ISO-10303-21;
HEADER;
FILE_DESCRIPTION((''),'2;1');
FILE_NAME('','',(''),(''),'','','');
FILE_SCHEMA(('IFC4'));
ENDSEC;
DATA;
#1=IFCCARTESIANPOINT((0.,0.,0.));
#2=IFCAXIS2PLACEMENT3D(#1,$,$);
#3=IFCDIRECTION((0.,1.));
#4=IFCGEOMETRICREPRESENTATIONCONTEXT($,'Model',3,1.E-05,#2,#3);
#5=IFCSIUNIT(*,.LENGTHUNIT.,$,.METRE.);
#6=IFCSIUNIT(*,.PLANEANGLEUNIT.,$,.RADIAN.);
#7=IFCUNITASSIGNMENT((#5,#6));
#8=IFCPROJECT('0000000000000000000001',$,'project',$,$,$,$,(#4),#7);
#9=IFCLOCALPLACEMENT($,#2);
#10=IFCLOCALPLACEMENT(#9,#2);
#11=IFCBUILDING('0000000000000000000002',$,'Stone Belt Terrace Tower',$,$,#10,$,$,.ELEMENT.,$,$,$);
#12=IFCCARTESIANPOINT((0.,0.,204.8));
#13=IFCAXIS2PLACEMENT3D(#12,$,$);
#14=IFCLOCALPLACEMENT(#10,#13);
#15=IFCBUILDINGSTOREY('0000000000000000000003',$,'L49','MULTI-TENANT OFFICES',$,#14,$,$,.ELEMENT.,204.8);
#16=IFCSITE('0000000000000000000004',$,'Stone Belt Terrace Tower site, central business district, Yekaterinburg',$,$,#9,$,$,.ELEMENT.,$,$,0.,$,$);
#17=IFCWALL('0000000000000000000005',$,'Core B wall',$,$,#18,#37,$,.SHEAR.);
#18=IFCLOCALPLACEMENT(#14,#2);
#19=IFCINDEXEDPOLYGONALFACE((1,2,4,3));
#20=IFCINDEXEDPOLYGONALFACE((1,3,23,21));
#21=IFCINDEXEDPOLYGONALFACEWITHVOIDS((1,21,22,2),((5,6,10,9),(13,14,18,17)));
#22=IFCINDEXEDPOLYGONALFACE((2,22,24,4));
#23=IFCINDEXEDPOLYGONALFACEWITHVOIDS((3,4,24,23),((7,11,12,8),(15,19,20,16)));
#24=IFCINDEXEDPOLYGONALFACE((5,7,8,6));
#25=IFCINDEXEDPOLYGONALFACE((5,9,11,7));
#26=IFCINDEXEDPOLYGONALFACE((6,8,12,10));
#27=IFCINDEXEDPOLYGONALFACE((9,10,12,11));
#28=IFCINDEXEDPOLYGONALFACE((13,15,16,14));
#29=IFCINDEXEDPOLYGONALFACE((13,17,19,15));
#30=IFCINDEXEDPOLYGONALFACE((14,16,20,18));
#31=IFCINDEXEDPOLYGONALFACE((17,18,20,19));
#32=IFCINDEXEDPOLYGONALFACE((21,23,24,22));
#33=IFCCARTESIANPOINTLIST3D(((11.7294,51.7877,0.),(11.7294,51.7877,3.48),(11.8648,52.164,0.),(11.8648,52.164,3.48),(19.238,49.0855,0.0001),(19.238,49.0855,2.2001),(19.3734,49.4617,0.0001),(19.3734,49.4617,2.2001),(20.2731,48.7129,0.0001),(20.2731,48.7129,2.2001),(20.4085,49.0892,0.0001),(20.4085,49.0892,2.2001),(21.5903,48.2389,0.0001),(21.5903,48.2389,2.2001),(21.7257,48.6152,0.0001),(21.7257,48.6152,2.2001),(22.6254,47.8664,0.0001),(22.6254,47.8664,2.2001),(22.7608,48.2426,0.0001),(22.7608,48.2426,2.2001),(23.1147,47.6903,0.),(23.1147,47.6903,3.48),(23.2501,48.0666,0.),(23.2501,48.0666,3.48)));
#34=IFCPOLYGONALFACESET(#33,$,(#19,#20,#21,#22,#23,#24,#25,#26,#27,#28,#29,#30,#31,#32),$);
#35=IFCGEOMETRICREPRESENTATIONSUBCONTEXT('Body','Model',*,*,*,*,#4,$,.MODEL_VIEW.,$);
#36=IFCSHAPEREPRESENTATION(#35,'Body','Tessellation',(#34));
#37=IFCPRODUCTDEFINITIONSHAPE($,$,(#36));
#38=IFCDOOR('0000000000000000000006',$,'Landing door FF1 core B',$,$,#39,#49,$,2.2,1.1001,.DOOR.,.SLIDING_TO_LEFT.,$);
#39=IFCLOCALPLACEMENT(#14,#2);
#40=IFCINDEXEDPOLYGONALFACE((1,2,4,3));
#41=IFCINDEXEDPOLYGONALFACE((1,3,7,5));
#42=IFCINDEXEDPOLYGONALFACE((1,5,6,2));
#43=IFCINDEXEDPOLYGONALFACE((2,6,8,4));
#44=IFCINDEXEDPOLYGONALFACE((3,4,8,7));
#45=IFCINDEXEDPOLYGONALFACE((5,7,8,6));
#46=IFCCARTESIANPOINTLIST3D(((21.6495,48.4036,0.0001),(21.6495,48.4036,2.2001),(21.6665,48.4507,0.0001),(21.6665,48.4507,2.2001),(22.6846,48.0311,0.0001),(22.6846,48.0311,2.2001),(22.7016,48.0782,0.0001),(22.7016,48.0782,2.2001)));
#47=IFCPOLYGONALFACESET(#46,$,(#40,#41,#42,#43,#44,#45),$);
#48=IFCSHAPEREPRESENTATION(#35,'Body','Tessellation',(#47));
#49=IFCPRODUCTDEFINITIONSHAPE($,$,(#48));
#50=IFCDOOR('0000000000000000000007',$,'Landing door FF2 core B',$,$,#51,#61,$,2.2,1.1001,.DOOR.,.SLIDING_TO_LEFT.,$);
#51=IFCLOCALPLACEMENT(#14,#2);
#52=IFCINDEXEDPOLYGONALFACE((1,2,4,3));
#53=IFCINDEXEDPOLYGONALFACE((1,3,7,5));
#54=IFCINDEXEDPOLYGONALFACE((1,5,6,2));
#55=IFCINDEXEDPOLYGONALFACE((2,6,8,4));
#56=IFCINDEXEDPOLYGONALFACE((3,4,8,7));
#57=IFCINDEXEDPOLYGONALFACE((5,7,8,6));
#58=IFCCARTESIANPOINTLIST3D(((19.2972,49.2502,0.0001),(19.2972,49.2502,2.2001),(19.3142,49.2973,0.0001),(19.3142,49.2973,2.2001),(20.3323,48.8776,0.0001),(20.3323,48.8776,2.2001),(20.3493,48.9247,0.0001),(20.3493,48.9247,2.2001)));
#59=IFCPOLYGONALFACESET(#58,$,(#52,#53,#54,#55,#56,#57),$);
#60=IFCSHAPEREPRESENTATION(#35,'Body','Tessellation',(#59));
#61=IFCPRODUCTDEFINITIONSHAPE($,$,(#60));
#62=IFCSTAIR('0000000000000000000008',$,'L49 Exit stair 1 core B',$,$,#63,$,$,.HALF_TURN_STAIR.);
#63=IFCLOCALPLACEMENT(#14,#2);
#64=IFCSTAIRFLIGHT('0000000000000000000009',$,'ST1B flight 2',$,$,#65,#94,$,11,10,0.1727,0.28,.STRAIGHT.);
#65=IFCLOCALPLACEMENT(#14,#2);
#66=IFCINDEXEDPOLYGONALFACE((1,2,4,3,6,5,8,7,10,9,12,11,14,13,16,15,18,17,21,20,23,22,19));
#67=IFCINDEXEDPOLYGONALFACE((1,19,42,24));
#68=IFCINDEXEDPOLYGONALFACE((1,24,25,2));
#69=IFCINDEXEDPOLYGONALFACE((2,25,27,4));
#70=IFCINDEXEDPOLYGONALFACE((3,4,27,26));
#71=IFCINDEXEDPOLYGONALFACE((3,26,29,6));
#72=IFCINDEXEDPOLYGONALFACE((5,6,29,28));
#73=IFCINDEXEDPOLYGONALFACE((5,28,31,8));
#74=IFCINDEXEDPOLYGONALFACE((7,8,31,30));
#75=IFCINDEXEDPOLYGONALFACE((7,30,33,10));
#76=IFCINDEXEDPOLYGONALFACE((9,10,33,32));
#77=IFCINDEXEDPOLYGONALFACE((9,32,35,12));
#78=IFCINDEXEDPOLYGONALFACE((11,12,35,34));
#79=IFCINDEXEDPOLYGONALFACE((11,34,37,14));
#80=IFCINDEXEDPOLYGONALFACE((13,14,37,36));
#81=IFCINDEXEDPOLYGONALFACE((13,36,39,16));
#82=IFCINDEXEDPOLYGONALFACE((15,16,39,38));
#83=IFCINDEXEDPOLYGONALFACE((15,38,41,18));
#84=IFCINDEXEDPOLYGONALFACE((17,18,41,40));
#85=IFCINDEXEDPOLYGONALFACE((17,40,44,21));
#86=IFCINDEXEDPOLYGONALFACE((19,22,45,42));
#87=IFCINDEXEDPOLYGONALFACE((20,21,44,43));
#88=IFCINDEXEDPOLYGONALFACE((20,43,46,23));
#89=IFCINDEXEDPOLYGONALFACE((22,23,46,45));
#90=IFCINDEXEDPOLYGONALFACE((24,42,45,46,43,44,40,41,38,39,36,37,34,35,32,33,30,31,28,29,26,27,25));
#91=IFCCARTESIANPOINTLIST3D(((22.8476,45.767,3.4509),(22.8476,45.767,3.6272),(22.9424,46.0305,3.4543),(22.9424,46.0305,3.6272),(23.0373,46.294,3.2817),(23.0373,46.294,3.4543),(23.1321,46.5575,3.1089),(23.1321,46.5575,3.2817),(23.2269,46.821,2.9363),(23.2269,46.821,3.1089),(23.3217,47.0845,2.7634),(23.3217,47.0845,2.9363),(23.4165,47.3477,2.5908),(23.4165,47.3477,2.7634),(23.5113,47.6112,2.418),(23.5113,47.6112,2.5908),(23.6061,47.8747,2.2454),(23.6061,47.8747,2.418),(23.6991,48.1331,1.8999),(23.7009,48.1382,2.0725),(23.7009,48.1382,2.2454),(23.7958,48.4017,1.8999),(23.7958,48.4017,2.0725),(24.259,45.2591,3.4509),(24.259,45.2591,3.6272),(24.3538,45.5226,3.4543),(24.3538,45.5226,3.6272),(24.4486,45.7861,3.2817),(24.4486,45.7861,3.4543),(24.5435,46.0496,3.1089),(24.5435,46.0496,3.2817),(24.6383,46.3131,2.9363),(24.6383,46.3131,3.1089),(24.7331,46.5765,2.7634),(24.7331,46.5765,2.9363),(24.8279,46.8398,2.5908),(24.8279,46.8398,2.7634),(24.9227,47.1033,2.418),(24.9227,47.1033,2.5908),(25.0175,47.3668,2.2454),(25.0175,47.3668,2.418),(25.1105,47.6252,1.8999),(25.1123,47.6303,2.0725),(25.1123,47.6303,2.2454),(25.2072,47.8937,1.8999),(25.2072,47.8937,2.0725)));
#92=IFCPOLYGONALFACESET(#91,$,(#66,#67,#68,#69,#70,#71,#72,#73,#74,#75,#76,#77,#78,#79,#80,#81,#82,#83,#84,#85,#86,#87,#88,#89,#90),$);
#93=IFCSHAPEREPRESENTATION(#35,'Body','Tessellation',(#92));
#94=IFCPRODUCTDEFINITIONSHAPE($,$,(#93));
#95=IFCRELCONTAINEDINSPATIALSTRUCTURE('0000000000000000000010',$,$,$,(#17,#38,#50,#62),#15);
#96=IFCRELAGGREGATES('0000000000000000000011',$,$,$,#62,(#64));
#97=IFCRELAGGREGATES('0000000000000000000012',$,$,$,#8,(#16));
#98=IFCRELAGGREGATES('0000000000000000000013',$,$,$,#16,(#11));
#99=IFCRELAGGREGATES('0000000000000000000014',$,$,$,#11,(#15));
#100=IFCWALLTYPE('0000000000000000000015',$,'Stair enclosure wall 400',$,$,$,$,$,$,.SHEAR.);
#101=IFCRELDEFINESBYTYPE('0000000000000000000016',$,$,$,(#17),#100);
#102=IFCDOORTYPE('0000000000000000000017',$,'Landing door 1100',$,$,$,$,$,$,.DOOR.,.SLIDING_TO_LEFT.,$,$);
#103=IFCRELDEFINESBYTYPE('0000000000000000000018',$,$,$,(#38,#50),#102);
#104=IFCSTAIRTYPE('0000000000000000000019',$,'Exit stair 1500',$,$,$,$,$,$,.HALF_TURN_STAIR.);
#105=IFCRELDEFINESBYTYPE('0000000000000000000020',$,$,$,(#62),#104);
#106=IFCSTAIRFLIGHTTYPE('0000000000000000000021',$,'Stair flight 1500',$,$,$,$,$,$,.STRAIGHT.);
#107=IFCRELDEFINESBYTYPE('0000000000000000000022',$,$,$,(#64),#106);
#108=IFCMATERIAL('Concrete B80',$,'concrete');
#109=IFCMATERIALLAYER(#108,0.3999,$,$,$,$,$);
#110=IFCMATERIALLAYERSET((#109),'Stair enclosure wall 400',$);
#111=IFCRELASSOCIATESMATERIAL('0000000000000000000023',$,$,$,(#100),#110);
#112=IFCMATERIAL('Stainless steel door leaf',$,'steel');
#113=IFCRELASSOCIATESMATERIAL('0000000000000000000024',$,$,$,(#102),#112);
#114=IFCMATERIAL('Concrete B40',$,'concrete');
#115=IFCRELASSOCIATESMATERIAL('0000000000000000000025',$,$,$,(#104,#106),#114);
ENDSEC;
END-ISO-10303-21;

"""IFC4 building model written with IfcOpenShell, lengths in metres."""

from ifc_helpers import new_model, si_unit, direction, frame, frame_2d, origin, place, context, subcontext, project, spatial, polyline, rectangle, outline, extrude, material, layer, layer_set, type_object, element, fill, aggregate, save


model = new_model("IFC4")

# Units and contexts
model_context = context("Model", 3, precision=1e-05, world=origin(), true_north=direction((0.0, 1.0)))
body_context = subcontext(model_context, "Body", "Model", "MODEL_VIEW")
ifc_project = project(units=[si_unit("LENGTHUNIT", "METRE"), si_unit("PLANEANGLEUNIT", "RADIAN")], contexts=[model_context])

# Site, building, storey
site_placement = place(None, origin())
site = spatial("IfcSite", under=ifc_project, at=site_placement, Name="Stone Belt Terrace Tower site, central business district, Yekaterinburg", CompositionType="ELEMENT", RefElevation=0.0)
building_placement = place(site_placement, origin())
building = spatial("IfcBuilding", under=site, at=building_placement, Name="Stone Belt Terrace Tower", CompositionType="ELEMENT")
storey_placement = place(building_placement, frame((0.0, 0.0, 204.8)))
storey = spatial("IfcBuildingStorey", under=building, at=storey_placement, Name="L49", Description="MULTI-TENANT OFFICES", CompositionType="ELEMENT", Elevation=204.8)

# Shared definitions
ifc_material_1 = material(Name="Concrete B80", Category="concrete")

# Shared definitions
ifc_material_2 = material(Name="Stainless steel door leaf", Category="steel")

# Shared definitions
ifc_layer_1 = layer(ifc_material_1, 0.3999)
ifc_layer_set_1 = layer_set([ifc_layer_1], Name="Stair enclosure wall 400")
wall_type_1 = type_object("IfcWallType", Name="Stair enclosure wall 400", PredefinedType="SHEAR", material=ifc_layer_set_1)

# Wall, openings, doors
wall_1_placement = place(storey_placement, frame((23.1824, 47.8784, 0.0), z_axis=(0.0, 0.0, 1.0), x_axis=(-0.940921, 0.338626, 0.0)))
wall_1 = element("IfcWall", 1, at=wall_1_placement, inside=storey, type_object=wall_type_1, Name="Core B wall", PredefinedType="SHEAR", context=body_context, shape_type="SweptSolid", body=[
    extrude(rectangle(XDim=12.1001, YDim=0.3999, at=frame_2d((6.05, 0.0))), origin(), (0.0, 0.0, 1.0), 3.48),
])
opening_1_placement = place(wall_1_placement, frame((0.52, 0.0, 0.0)))
opening_1 = element("IfcOpeningElement", 2, at=opening_1_placement, cuts=wall_1, PredefinedType="OPENING", context=body_context, shape_type="SweptSolid", body=[
    extrude(rectangle(XDim=1.1001, YDim=2.2, at=frame_2d((0.55, 1.1001))), frame((0.0, 0.21, 0.0), z_axis=(0.0, -1.0, 0.0), x_axis=(1.0, 0.0, 0.0)), (0.0, 0.0, 1.0), 0.4199),
])
opening_2_placement = place(wall_1_placement, frame((3.02, 0.0, 0.0)))
opening_2 = element("IfcOpeningElement", 3, at=opening_2_placement, cuts=wall_1, PredefinedType="OPENING", context=body_context, shape_type="SweptSolid", body=[
    extrude(rectangle(XDim=1.1001, YDim=2.2, at=frame_2d((0.55, 1.1001))), frame((0.0, 0.21, 0.0), z_axis=(0.0, -1.0, 0.0), x_axis=(1.0, 0.0, 0.0)), (0.0, 0.0, 1.0), 0.4199),
])
door_type_1 = type_object("IfcDoorType", Name="Landing door 1100", OperationType="SLIDING_TO_LEFT", PredefinedType="DOOR", material=ifc_material_2)
door_1_placement = place(opening_1_placement, origin())
door_1 = element("IfcDoor", 4, at=door_1_placement, inside=storey, type_object=door_type_1, Name="Landing door FF1 core B", OperationType="SLIDING_TO_LEFT", OverallHeight=2.2, OverallWidth=1.1001, PredefinedType="DOOR", context=body_context, shape_type="SweptSolid", body=[
    extrude(rectangle(XDim=1.1001, YDim=2.2, at=frame_2d((0.55, 1.1001))), frame((0.0, 0.0249, 0.0), z_axis=(0.0, -1.0, 0.0), x_axis=(1.0, 0.0, 0.0)), (0.0, 0.0, 1.0), 0.05),
])
fill(opening_1, door_1)
door_2_placement = place(opening_2_placement, origin())
door_2 = element("IfcDoor", 5, at=door_2_placement, inside=storey, type_object=door_type_1, Name="Landing door FF2 core B", OperationType="SLIDING_TO_LEFT", OverallHeight=2.2, OverallWidth=1.1001, PredefinedType="DOOR", context=body_context, shape_type="SweptSolid", body=[
    extrude(rectangle(XDim=1.1001, YDim=2.2, at=frame_2d((0.55, 1.1001))), frame((0.0, 0.0249, 0.0), z_axis=(0.0, -1.0, 0.0), x_axis=(1.0, 0.0, 0.0)), (0.0, 0.0, 1.0), 0.05),
])
fill(opening_2, door_2)

# Stair, stair flight
ifc_material_3 = material(Name="Concrete B40", Category="concrete")
stair_type = type_object("IfcStairType", Name="Exit stair 1500", PredefinedType="HALF_TURN_STAIR", material=ifc_material_3)
stair_placement = place(storey_placement, origin())
stair = element("IfcStair", 6, at=stair_placement, inside=storey, type_object=stair_type, Name="L49 Exit stair 1 core B", PredefinedType="HALF_TURN_STAIR")
stair_flight_type = type_object("IfcStairFlightType", Name="Stair flight 1500", PredefinedType="STRAIGHT", material=ifc_material_3)
stair_flight_placement = place(storey_placement, frame((24.5015, 48.1477, 1.8999), z_axis=(0.0, 0.0, 1.0), x_axis=(-0.338624, -0.940922, 0.0)))
stair_flight = element("IfcStairFlight", 7, at=stair_flight_placement, type_object=stair_flight_type, Name="ST1B flight 2", NumberOfRisers=11, NumberOfTreads=10, PredefinedType="STRAIGHT", RiserHeight=0.1727, TreadLength=0.28, context=body_context, shape_type="SweptSolid", body=[
    extrude(outline(polyline([(0.0, 0.0), (0.0, 0.1726), (0.28, 0.1726), (0.28, 0.3455), (0.5601, 0.3455), (0.5601, 0.5181), (0.8401, 0.5181), (0.8401, 0.6909), (1.1201, 0.6909), (1.1201, 0.8635), (1.3999, 0.8635), (1.3999, 1.0364), (1.6799, 1.0364), (1.6799, 1.209), (1.96, 1.209), (1.96, 1.3818), (2.24, 1.3818), (2.24, 1.5544), (2.52, 1.5544), (2.52, 1.7273), (2.8, 1.7273), (2.8, 1.8999), (2.8, 1.551), (0.2854, 0.0), (0.0, 0.0)])), frame((0.0, 0.75, 0.0), z_axis=(0.0, -1.0, 0.0), x_axis=(1.0, 0.0, 0.0)), (0.0, 0.0, 1.0), 1.5),
])
aggregate(stair, [stair_flight])

save(model, "model.ifc")
